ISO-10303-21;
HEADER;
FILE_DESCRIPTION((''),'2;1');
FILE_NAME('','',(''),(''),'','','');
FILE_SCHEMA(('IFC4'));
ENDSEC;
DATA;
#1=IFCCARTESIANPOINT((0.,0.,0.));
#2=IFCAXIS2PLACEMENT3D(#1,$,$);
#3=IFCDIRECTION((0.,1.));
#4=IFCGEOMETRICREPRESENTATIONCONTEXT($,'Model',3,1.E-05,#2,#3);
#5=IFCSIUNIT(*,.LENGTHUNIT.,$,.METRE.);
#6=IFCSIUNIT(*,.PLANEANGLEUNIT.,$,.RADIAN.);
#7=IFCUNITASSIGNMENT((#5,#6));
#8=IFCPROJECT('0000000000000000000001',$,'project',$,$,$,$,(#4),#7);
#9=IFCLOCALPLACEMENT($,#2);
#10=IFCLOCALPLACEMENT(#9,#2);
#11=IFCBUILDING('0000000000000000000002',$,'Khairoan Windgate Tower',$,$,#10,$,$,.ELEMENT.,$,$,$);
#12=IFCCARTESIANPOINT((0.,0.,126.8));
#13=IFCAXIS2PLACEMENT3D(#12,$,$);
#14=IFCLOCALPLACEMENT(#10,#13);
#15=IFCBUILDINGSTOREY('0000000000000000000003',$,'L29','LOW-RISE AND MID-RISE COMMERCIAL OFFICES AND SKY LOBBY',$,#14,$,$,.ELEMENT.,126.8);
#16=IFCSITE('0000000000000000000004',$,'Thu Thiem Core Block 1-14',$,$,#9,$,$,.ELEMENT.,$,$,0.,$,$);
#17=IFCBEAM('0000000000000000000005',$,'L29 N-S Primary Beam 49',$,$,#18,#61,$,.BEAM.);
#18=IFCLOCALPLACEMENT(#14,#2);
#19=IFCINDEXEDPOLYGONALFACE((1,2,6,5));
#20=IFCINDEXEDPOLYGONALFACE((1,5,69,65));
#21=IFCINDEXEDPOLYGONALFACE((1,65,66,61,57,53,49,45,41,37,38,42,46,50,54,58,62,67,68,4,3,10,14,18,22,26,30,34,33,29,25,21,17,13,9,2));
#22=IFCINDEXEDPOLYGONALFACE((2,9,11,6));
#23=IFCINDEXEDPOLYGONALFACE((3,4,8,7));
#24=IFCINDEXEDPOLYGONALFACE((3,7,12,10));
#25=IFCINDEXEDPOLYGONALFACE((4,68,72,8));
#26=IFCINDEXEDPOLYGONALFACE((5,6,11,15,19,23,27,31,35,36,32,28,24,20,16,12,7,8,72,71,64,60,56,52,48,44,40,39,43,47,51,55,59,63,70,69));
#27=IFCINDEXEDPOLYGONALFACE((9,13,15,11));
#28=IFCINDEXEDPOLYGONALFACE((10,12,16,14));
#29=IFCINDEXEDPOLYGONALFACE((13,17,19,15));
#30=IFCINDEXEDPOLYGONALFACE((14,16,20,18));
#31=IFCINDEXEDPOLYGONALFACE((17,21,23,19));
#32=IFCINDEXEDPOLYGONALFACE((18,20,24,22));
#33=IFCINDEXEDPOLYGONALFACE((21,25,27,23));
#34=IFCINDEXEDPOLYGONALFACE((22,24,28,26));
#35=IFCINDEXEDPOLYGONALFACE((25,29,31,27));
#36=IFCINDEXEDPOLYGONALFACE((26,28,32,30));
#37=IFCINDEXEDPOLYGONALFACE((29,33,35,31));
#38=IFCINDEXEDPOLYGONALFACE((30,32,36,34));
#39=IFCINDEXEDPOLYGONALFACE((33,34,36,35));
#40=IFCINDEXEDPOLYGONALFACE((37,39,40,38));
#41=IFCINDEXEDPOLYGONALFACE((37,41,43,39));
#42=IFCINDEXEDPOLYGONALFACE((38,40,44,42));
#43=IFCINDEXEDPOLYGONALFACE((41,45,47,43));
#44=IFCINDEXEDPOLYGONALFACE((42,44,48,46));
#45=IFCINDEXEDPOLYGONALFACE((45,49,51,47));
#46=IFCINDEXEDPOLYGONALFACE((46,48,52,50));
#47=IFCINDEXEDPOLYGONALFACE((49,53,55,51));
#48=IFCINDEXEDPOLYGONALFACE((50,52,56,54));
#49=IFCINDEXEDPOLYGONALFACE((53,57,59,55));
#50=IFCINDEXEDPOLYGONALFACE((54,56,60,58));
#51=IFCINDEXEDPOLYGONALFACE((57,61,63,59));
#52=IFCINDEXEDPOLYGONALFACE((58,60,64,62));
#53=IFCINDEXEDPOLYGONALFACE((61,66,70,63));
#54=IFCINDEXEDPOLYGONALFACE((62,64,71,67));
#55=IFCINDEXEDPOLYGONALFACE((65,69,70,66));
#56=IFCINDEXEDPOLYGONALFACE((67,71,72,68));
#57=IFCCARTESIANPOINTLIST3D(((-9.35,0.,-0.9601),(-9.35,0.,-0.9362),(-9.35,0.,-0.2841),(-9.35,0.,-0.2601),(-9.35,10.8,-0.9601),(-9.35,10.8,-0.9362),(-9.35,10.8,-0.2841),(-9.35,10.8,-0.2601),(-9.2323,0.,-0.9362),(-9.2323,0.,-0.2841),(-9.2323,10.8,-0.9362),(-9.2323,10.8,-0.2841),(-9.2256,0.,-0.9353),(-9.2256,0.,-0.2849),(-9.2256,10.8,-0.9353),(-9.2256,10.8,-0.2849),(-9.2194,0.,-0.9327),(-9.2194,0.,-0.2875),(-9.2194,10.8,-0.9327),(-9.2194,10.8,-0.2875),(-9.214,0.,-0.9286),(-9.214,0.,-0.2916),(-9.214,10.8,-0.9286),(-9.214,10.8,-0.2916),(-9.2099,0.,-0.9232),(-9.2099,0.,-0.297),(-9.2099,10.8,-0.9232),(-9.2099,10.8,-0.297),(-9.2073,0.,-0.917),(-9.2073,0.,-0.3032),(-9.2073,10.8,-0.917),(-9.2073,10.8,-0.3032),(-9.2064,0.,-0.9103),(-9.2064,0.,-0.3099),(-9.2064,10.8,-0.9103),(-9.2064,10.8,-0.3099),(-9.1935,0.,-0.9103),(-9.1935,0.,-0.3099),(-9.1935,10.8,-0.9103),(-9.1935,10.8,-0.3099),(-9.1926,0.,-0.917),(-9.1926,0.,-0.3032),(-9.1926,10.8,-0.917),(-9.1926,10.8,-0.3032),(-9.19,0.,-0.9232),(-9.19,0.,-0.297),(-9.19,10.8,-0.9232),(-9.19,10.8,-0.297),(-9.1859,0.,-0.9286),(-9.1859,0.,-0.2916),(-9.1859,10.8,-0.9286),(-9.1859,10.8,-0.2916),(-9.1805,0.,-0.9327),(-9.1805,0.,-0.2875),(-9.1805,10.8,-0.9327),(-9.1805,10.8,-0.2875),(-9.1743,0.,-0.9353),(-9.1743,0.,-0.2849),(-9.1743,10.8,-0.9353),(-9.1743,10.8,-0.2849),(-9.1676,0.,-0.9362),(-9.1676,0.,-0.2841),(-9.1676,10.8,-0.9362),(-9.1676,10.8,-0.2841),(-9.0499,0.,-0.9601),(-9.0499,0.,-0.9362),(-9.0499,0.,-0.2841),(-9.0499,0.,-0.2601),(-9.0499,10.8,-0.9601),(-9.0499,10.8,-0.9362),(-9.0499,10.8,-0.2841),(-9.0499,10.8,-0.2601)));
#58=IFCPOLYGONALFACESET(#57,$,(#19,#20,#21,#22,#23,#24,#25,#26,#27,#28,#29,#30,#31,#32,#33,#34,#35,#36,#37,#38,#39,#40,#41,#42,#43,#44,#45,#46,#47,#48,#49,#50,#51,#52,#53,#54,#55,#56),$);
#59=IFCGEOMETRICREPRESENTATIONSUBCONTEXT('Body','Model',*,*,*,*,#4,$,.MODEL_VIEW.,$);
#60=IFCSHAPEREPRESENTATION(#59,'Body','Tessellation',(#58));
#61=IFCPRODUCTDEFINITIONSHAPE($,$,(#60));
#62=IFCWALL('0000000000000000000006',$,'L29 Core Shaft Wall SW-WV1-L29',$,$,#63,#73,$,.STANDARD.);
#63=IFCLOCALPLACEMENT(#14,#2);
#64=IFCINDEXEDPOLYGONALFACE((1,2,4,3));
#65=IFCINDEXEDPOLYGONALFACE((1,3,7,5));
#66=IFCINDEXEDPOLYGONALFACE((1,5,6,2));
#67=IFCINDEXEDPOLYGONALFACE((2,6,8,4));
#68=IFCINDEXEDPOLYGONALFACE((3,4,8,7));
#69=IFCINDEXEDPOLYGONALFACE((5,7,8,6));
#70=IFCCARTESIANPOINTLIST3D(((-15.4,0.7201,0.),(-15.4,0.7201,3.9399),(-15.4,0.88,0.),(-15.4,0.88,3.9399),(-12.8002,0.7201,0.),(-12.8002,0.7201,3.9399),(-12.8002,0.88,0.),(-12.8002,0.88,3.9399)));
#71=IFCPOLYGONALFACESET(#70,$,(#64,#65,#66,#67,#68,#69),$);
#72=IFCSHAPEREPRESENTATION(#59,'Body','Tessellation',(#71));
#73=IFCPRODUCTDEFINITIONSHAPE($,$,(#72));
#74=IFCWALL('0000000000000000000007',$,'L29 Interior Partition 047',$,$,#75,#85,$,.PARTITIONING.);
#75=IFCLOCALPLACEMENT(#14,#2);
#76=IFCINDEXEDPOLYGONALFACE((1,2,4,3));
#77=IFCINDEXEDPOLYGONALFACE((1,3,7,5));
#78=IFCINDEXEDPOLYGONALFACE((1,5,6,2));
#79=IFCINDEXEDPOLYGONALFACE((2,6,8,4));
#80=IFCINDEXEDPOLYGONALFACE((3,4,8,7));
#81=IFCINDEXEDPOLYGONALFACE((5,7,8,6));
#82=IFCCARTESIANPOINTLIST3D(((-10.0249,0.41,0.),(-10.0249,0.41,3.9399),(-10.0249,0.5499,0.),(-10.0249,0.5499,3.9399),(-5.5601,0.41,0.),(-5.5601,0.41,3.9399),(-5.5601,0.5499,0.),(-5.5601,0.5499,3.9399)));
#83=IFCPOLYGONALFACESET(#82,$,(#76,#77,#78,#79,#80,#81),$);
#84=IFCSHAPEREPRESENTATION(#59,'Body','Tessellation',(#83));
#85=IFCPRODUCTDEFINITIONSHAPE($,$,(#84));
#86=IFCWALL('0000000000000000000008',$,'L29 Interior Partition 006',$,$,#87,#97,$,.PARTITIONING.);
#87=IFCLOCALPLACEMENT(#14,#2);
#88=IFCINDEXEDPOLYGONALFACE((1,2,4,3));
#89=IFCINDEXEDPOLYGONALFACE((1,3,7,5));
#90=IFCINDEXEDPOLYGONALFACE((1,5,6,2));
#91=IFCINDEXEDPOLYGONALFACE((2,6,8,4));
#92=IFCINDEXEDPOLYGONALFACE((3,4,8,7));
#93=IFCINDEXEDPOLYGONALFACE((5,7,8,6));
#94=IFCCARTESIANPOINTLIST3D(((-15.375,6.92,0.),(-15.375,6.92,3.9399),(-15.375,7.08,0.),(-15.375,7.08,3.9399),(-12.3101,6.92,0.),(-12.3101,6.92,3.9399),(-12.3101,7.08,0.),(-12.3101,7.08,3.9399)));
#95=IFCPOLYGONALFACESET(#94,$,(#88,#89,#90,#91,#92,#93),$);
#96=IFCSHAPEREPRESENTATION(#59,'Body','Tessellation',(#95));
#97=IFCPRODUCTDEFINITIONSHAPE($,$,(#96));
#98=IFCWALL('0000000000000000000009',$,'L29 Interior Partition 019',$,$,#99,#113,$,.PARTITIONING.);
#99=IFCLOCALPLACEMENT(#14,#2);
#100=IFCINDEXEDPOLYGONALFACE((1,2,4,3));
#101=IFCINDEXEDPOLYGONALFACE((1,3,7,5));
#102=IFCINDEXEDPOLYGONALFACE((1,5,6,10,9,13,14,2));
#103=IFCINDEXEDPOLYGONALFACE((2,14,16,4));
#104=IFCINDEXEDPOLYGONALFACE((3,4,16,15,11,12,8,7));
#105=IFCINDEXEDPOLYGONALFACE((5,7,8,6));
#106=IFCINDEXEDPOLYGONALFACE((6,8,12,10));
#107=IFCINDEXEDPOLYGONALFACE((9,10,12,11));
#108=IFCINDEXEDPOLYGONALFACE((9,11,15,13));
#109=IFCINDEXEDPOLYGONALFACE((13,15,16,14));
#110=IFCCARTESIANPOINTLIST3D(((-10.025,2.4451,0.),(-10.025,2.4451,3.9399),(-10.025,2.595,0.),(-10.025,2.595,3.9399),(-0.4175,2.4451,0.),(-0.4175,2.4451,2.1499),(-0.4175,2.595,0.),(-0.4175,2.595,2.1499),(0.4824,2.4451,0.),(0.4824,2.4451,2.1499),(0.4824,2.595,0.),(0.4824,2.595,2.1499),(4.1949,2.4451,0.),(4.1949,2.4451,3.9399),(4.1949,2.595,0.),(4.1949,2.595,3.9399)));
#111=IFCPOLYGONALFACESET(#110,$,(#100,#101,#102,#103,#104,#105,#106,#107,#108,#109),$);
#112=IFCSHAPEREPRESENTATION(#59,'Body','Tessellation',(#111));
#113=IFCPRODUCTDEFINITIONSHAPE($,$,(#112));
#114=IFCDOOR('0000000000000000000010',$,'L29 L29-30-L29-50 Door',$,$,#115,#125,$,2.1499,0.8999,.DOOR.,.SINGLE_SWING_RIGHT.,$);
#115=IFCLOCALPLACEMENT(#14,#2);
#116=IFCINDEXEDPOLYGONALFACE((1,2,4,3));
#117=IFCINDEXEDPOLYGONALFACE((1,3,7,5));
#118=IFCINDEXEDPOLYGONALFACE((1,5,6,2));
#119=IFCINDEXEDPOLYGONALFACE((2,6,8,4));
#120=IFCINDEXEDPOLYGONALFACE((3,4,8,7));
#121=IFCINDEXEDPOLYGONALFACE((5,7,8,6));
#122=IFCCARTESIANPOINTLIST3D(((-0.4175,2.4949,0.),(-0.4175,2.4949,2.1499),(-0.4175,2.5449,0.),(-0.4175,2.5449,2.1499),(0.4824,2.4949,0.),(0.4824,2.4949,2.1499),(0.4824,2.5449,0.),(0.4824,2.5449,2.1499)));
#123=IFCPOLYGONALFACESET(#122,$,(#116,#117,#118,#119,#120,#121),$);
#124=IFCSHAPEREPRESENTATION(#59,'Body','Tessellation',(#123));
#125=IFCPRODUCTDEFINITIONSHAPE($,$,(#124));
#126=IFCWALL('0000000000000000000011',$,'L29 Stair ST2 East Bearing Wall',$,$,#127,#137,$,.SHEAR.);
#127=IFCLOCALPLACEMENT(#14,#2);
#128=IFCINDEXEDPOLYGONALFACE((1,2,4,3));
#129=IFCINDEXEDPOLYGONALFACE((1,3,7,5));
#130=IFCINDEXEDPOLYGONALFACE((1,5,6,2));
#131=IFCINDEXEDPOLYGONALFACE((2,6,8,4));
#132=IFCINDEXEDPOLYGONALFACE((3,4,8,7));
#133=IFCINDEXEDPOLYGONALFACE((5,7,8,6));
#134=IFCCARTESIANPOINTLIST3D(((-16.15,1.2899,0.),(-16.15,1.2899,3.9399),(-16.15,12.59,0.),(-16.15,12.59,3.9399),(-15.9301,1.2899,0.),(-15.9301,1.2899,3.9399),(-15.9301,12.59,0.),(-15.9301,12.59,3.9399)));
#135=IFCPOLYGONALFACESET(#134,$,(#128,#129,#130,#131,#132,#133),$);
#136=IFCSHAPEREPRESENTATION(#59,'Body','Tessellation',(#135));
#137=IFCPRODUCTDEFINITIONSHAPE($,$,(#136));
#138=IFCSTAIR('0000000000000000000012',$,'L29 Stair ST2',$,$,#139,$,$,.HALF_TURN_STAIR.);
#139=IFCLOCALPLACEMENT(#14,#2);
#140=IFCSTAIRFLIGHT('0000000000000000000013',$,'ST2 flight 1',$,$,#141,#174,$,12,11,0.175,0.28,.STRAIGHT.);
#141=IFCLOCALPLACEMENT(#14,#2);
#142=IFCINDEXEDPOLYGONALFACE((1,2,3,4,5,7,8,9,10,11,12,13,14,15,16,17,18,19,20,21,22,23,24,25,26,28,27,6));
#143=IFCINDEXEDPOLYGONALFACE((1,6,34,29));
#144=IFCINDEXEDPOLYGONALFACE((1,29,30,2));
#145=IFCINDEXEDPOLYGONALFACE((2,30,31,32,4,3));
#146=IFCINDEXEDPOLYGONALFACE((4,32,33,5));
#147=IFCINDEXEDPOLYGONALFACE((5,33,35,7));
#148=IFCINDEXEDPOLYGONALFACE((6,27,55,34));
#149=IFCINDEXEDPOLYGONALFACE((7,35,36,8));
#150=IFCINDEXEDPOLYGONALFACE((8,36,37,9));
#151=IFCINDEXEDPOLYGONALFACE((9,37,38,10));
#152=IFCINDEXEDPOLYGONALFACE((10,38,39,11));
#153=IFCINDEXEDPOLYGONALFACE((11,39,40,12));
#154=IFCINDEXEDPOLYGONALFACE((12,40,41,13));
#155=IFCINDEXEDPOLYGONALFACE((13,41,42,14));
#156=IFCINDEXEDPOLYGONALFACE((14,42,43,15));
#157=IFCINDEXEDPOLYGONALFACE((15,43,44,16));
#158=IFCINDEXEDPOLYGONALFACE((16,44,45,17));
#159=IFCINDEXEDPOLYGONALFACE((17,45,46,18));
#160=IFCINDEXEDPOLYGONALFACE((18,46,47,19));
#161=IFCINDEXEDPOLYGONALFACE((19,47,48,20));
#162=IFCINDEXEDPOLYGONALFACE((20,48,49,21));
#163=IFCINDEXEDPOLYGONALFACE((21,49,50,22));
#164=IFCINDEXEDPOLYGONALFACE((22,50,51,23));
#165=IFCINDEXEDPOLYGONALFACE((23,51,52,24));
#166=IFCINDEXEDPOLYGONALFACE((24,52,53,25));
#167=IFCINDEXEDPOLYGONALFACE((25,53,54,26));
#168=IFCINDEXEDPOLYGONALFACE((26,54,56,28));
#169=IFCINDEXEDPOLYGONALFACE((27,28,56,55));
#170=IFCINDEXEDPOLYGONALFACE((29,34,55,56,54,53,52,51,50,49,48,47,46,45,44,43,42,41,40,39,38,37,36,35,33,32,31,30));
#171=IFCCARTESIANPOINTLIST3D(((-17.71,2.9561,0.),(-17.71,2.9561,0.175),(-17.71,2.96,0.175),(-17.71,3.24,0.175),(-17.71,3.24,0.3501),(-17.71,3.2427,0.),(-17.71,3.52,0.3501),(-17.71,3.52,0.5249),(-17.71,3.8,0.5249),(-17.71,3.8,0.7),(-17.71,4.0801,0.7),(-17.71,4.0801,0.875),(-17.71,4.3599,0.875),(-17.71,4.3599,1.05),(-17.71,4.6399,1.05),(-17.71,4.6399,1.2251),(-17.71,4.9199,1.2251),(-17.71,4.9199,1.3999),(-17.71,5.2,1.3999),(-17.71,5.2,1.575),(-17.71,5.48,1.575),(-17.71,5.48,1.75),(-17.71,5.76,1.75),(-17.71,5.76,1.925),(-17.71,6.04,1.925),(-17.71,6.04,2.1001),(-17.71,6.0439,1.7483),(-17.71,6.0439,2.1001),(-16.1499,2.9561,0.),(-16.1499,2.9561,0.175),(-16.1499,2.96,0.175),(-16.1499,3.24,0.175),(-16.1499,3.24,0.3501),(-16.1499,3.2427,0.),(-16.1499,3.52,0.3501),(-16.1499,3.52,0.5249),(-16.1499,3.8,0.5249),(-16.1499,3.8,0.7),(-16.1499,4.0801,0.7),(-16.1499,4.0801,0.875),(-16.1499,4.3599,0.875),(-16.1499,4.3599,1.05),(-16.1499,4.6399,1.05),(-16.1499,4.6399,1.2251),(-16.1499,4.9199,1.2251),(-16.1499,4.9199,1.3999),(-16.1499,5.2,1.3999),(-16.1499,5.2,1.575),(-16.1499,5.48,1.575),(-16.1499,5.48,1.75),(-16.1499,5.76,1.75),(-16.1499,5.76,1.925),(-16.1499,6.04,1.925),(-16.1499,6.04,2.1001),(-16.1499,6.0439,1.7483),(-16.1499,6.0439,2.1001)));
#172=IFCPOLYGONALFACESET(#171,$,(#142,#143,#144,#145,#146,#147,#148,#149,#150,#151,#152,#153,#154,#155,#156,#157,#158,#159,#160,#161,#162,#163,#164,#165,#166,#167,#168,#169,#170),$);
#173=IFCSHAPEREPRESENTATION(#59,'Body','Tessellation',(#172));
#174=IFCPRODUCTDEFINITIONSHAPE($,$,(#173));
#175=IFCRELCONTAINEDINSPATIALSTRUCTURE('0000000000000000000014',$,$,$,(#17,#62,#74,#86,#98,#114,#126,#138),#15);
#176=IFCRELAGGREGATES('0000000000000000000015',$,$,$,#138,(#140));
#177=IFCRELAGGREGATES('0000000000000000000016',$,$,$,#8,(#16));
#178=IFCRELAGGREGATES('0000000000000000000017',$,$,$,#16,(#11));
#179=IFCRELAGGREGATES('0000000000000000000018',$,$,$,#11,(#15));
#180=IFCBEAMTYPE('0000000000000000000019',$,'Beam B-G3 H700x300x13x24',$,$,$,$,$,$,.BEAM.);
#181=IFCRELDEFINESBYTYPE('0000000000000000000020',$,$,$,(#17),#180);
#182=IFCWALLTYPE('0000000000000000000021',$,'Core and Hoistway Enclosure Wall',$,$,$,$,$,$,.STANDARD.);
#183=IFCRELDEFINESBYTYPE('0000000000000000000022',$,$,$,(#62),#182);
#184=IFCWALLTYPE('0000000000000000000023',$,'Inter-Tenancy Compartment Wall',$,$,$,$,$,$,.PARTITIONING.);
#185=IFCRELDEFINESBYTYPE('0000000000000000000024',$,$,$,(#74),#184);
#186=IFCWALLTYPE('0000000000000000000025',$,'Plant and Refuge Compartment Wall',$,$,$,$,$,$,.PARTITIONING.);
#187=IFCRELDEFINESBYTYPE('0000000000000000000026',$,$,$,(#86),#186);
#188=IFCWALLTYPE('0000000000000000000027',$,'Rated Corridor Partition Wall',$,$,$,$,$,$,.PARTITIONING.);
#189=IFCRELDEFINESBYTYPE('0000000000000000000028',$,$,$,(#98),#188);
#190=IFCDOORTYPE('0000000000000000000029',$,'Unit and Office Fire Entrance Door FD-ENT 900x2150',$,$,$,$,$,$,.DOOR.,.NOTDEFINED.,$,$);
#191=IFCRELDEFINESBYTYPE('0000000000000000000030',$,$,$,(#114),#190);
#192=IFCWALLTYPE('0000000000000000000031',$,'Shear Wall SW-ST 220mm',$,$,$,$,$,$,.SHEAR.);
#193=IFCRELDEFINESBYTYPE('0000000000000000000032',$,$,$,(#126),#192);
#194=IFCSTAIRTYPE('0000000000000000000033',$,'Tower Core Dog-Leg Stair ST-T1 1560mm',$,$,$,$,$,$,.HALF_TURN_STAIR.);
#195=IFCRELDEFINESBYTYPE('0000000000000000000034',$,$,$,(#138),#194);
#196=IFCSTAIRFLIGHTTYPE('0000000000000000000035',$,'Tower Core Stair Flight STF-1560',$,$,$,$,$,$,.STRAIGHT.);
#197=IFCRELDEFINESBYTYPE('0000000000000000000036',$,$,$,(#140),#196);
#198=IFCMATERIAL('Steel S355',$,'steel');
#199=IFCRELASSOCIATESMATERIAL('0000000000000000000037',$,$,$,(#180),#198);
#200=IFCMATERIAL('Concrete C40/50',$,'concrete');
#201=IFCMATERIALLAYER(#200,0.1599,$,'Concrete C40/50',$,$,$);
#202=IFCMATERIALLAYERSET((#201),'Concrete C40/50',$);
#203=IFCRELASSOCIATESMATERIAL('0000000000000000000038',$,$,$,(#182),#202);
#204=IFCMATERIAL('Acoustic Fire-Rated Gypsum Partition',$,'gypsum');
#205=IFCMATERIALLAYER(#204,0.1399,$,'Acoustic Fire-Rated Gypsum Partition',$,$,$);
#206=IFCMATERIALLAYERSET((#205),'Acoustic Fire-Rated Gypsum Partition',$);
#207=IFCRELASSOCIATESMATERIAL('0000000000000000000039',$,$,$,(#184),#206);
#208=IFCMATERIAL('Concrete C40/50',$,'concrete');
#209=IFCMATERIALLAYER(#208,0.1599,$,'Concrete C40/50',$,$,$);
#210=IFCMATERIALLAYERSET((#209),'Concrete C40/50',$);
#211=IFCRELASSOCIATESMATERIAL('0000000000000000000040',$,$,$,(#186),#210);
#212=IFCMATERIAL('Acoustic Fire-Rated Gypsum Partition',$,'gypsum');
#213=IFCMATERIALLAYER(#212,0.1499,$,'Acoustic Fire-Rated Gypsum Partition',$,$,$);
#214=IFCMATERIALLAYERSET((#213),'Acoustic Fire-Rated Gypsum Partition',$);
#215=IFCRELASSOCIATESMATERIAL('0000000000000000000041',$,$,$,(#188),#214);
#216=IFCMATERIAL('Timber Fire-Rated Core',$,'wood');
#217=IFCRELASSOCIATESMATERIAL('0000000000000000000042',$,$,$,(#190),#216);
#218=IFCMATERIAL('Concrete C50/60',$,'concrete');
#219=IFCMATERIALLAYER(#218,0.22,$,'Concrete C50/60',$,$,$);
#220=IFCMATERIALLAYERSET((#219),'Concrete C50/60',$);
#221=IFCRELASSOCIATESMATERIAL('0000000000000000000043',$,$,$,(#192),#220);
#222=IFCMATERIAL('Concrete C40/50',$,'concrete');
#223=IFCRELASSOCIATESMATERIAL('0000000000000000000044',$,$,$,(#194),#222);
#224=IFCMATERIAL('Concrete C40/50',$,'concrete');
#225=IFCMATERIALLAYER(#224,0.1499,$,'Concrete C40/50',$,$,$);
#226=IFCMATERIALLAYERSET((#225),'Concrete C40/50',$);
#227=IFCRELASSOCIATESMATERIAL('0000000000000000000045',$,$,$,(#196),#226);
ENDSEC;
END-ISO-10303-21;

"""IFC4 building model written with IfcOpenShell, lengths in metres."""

from ifc_helpers import new_model, si_unit, direction, frame, frame_2d, origin, origin_2d, place, context, subcontext, project, spatial, polyline, rectangle, i_section, outline, extrude, material, layer, layer_set, material_profile, profile_set, type_object, element, fill, aggregate, save


model = new_model("IFC4")

# Units and contexts
model_context = context("Model", 3, precision=1e-05, world=origin(), true_north=direction((0.0, 1.0)))
body_context = subcontext(model_context, "Body", "Model", "MODEL_VIEW")
ifc_project = project(units=[si_unit("LENGTHUNIT", "METRE"), si_unit("PLANEANGLEUNIT", "RADIAN")], contexts=[model_context])

# Site, building, storey
site_placement = place(None, origin())
site = spatial("IfcSite", under=ifc_project, at=site_placement, Name="Thu Thiem Core Block 1-14", CompositionType="ELEMENT", RefElevation=0.0)
building_placement = place(site_placement, origin())
building = spatial("IfcBuilding", under=site, at=building_placement, Name="Khairoan Windgate Tower", CompositionType="ELEMENT")
storey_placement = place(building_placement, frame((0.0, 0.0, 126.8)))
storey = spatial("IfcBuildingStorey", under=building, at=storey_placement, Name="L29", Description="LOW-RISE AND MID-RISE COMMERCIAL OFFICES AND SKY LOBBY", CompositionType="ELEMENT", Elevation=126.8)

# Beam
ifc_material_1 = material(Name="Steel S355", Category="steel")
ifc_material_profile_1 = material_profile(ifc_material_1, i_section(OverallWidth=0.3, OverallDepth=0.7, WebThickness=0.0129, FlangeThickness=0.0239, FilletRadius=0.0259, at=origin_2d()))
ifc_profile_set_1 = profile_set([ifc_material_profile_1], Name="Steel S355")
beam_type = type_object("IfcBeamType", Name="Beam B-G3 H700x300x13x24", PredefinedType="BEAM", material=ifc_profile_set_1)
for number, where, z_axis, x_axis, name in (
    (1, (-9.2, 0.0, -0.6101), (0.0, 1.0, 0.0), (-1.0, 0.0, 0.0), "L29 N-S Primary Beam 49"),
):
    element("IfcBeam", number, at=place(storey_placement, frame(where, z_axis=z_axis, x_axis=x_axis)), inside=storey, type_object=beam_type, Name=name, PredefinedType="BEAM", context=body_context, shape_type="SweptSolid", body=[
        extrude(i_section(OverallWidth=0.3, OverallDepth=0.7, WebThickness=0.0129, FlangeThickness=0.0239, FilletRadius=0.0259, at=origin_2d()), origin(), (0.0, 0.0, 1.0), 10.8),
    ])

# Walls
ifc_material_2 = material(Name="Concrete C40/50", Category="concrete")
ifc_layer_1 = layer(ifc_material_2, 0.1599, Name="Concrete C40/50")
ifc_layer_set_1 = layer_set([ifc_layer_1], Name="Concrete C40/50")
wall_type_1 = type_object("IfcWallType", Name="Core and Hoistway Enclosure Wall", PredefinedType="STANDARD", material=ifc_layer_set_1)
wall_1_placement = place(storey_placement, frame((-15.3999, 0.8, 0.0), z_axis=(0.0, 0.0, 1.0), x_axis=(1.0, 0.0, 0.0)))
element("IfcWall", 2, at=wall_1_placement, inside=storey, type_object=wall_type_1, Name="L29 Core Shaft Wall SW-WV1-L29", PredefinedType="STANDARD", context=body_context, shape_type="SweptSolid", body=[
    extrude(rectangle(XDim=2.5999, YDim=0.1599, at=frame_2d((1.2998, 0.0))), origin(), (0.0, 0.0, 1.0), 3.9399),
])
ifc_material_3 = material(Name="Acoustic Fire-Rated Gypsum Partition", Category="gypsum")
ifc_layer_2 = layer(ifc_material_3, 0.1399, Name="Acoustic Fire-Rated Gypsum Partition")
ifc_layer_set_2 = layer_set([ifc_layer_2], Name="Acoustic Fire-Rated Gypsum Partition")
wall_type_2 = type_object("IfcWallType", Name="Inter-Tenancy Compartment Wall", PredefinedType="PARTITIONING", material=ifc_layer_set_2)
wall_2_placement = place(storey_placement, frame((-10.0249, 0.48, 0.0), z_axis=(0.0, 0.0, 1.0), x_axis=(1.0, 0.0, 0.0)))
element("IfcWall", 3, at=wall_2_placement, inside=storey, type_object=wall_type_2, Name="L29 Interior Partition 047", PredefinedType="PARTITIONING", context=body_context, shape_type="SweptSolid", body=[
    extrude(rectangle(XDim=4.4648, YDim=0.1399, at=frame_2d((2.2324, 0.0))), origin(), (0.0, 0.0, 1.0), 3.9399),
])
ifc_material_4 = material(Name="Concrete C40/50", Category="concrete")
ifc_layer_3 = layer(ifc_material_4, 0.1599, Name="Concrete C40/50")
ifc_layer_set_3 = layer_set([ifc_layer_3], Name="Concrete C40/50")
wall_type_3 = type_object("IfcWallType", Name="Plant and Refuge Compartment Wall", PredefinedType="PARTITIONING", material=ifc_layer_set_3)
wall_3_placement = place(storey_placement, frame((-15.375, 7.0, 0.0), z_axis=(0.0, 0.0, 1.0), x_axis=(1.0, 0.0, 0.0)))
element("IfcWall", 4, at=wall_3_placement, inside=storey, type_object=wall_type_3, Name="L29 Interior Partition 006", PredefinedType="PARTITIONING", context=body_context, shape_type="SweptSolid", body=[
    extrude(rectangle(XDim=3.0649, YDim=0.1599, at=frame_2d((1.5325, 0.0))), origin(), (0.0, 0.0, 1.0), 3.9399),
])

# Wall, opening, door
ifc_material_5 = material(Name="Acoustic Fire-Rated Gypsum Partition", Category="gypsum")
ifc_layer_4 = layer(ifc_material_5, 0.1499, Name="Acoustic Fire-Rated Gypsum Partition")
ifc_layer_set_4 = layer_set([ifc_layer_4], Name="Acoustic Fire-Rated Gypsum Partition")
wall_type_4 = type_object("IfcWallType", Name="Rated Corridor Partition Wall", PredefinedType="PARTITIONING", material=ifc_layer_set_4)
ifc_material_6 = material(Name="Timber Fire-Rated Core", Category="wood")
door_type = type_object("IfcDoorType", Name="Unit and Office Fire Entrance Door FD-ENT 900x2150", OperationType="NOTDEFINED", PredefinedType="DOOR", material=ifc_material_6)
wall_4_placement = place(storey_placement, frame((-10.0249, 2.52, 0.0), z_axis=(0.0, 0.0, 1.0), x_axis=(1.0, 0.0, 0.0)))
wall_4 = element("IfcWall", 5, at=wall_4_placement, inside=storey, type_object=wall_type_4, Name="L29 Interior Partition 019", PredefinedType="PARTITIONING", context=body_context, shape_type="SweptSolid", body=[
    extrude(rectangle(XDim=14.22, YDim=0.1499, at=frame_2d((7.1099, 0.0))), origin(), (0.0, 0.0, 1.0), 3.9399),
])
opening_1_placement = place(wall_4_placement, frame((9.6074, 0.0, 0.0)))
opening_1 = element("IfcOpeningElement", 6, at=opening_1_placement, cuts=wall_4, PredefinedType="OPENING", context=body_context, shape_type="SweptSolid", body=[
    extrude(rectangle(XDim=0.8999, YDim=2.1499, at=frame_2d((0.45, 1.075))), frame((0.0, 0.085, 0.0), z_axis=(0.0, -1.0, 0.0), x_axis=(1.0, 0.0, 0.0)), (0.0, 0.0, 1.0), 0.1699),
])
door_1_placement = place(opening_1_placement, origin())
door_1 = element("IfcDoor", 7, at=door_1_placement, inside=storey, type_object=door_type, Name="L29 L29-30-L29-50 Door", OperationType="SINGLE_SWING_RIGHT", OverallHeight=2.1499, OverallWidth=0.8999, PredefinedType="DOOR", context=body_context, shape_type="SweptSolid", body=[
    extrude(rectangle(XDim=0.8999, YDim=2.1499, at=frame_2d((0.45, 1.075))), frame((0.0, 0.0249, 0.0), z_axis=(0.0, -1.0, 0.0), x_axis=(1.0, 0.0, 0.0)), (0.0, 0.0, 1.0), 0.05),
])
fill(opening_1, door_1)

# Wall
ifc_material_7 = material(Name="Concrete C50/60", Category="concrete")
ifc_layer_5 = layer(ifc_material_7, 0.22, Name="Concrete C50/60")
ifc_layer_set_5 = layer_set([ifc_layer_5], Name="Concrete C50/60")
wall_type_5 = type_object("IfcWallType", Name="Shear Wall SW-ST 220mm", PredefinedType="SHEAR", material=ifc_layer_set_5)
wall_5_placement = place(storey_placement, frame((-16.04, 1.29, 0.0), z_axis=(0.0, 0.0, 1.0), x_axis=(0.0, 1.0, 0.0)))
element("IfcWall", 8, at=wall_5_placement, inside=storey, type_object=wall_type_5, Name="L29 Stair ST2 East Bearing Wall", PredefinedType="SHEAR", context=body_context, shape_type="SweptSolid", body=[
    extrude(rectangle(XDim=11.3, YDim=0.22, at=frame_2d((5.6499, 0.0))), origin(), (0.0, 0.0, 1.0), 3.9399),
])

# Stair, stair flight
ifc_material_8 = material(Name="Concrete C40/50", Category="concrete")
stair_type = type_object("IfcStairType", Name="Tower Core Dog-Leg Stair ST-T1 1560mm", PredefinedType="HALF_TURN_STAIR", material=ifc_material_8)
stair_placement = place(storey_placement, origin())
stair = element("IfcStair", 9, at=stair_placement, inside=storey, type_object=stair_type, Name="L29 Stair ST2", PredefinedType="HALF_TURN_STAIR")
ifc_material_9 = material(Name="Concrete C40/50", Category="concrete")
ifc_layer_6 = layer(ifc_material_9, 0.1499, Name="Concrete C40/50")
ifc_layer_set_6 = layer_set([ifc_layer_6], Name="Concrete C40/50")
stair_flight_type = type_object("IfcStairFlightType", Name="Tower Core Stair Flight STF-1560", PredefinedType="STRAIGHT", material=ifc_layer_set_6)
stair_flight_placement = place(storey_placement, frame((-16.9299, 2.96, 0.0), z_axis=(0.0, 0.0, 1.0), x_axis=(0.0, 1.0, 0.0)))
stair_flight = element("IfcStairFlight", 10, at=stair_flight_placement, type_object=stair_flight_type, Name="ST2 flight 1", NumberOfRisers=12, NumberOfTreads=11, PredefinedType="STRAIGHT", RiserHeight=0.175, TreadLength=0.28, context=body_context, shape_type="SweptSolid", body=[
    extrude(outline(polyline([(-0.0039, 0.0), (-0.0039, 0.175), (0.0, 0.175), (0.28, 0.175), (0.28, 0.3501), (0.5601, 0.3501), (0.5601, 0.5249), (0.8401, 0.5249), (0.8401, 0.7), (1.1201, 0.7), (1.1201, 0.875), (1.3999, 0.875), (1.3999, 1.05), (1.6799, 1.05), (1.6799, 1.2251), (1.96, 1.2251), (1.96, 1.3999), (2.24, 1.3999), (2.24, 1.575), (2.52, 1.575), (2.52, 1.75), (2.8, 1.75), (2.8, 1.925), (3.0801, 1.925), (3.0801, 2.1001), (3.084, 2.1001), (3.084, 1.7483), (0.2827, 0.0), (-0.0039, 0.0)])), frame((0.0, 0.78, 0.0), z_axis=(0.0, -1.0, 0.0), x_axis=(1.0, 0.0, 0.0)), (0.0, 0.0, 1.0), 1.5601),
])
aggregate(stair, [stair_flight])

save(model, "model.ifc")
